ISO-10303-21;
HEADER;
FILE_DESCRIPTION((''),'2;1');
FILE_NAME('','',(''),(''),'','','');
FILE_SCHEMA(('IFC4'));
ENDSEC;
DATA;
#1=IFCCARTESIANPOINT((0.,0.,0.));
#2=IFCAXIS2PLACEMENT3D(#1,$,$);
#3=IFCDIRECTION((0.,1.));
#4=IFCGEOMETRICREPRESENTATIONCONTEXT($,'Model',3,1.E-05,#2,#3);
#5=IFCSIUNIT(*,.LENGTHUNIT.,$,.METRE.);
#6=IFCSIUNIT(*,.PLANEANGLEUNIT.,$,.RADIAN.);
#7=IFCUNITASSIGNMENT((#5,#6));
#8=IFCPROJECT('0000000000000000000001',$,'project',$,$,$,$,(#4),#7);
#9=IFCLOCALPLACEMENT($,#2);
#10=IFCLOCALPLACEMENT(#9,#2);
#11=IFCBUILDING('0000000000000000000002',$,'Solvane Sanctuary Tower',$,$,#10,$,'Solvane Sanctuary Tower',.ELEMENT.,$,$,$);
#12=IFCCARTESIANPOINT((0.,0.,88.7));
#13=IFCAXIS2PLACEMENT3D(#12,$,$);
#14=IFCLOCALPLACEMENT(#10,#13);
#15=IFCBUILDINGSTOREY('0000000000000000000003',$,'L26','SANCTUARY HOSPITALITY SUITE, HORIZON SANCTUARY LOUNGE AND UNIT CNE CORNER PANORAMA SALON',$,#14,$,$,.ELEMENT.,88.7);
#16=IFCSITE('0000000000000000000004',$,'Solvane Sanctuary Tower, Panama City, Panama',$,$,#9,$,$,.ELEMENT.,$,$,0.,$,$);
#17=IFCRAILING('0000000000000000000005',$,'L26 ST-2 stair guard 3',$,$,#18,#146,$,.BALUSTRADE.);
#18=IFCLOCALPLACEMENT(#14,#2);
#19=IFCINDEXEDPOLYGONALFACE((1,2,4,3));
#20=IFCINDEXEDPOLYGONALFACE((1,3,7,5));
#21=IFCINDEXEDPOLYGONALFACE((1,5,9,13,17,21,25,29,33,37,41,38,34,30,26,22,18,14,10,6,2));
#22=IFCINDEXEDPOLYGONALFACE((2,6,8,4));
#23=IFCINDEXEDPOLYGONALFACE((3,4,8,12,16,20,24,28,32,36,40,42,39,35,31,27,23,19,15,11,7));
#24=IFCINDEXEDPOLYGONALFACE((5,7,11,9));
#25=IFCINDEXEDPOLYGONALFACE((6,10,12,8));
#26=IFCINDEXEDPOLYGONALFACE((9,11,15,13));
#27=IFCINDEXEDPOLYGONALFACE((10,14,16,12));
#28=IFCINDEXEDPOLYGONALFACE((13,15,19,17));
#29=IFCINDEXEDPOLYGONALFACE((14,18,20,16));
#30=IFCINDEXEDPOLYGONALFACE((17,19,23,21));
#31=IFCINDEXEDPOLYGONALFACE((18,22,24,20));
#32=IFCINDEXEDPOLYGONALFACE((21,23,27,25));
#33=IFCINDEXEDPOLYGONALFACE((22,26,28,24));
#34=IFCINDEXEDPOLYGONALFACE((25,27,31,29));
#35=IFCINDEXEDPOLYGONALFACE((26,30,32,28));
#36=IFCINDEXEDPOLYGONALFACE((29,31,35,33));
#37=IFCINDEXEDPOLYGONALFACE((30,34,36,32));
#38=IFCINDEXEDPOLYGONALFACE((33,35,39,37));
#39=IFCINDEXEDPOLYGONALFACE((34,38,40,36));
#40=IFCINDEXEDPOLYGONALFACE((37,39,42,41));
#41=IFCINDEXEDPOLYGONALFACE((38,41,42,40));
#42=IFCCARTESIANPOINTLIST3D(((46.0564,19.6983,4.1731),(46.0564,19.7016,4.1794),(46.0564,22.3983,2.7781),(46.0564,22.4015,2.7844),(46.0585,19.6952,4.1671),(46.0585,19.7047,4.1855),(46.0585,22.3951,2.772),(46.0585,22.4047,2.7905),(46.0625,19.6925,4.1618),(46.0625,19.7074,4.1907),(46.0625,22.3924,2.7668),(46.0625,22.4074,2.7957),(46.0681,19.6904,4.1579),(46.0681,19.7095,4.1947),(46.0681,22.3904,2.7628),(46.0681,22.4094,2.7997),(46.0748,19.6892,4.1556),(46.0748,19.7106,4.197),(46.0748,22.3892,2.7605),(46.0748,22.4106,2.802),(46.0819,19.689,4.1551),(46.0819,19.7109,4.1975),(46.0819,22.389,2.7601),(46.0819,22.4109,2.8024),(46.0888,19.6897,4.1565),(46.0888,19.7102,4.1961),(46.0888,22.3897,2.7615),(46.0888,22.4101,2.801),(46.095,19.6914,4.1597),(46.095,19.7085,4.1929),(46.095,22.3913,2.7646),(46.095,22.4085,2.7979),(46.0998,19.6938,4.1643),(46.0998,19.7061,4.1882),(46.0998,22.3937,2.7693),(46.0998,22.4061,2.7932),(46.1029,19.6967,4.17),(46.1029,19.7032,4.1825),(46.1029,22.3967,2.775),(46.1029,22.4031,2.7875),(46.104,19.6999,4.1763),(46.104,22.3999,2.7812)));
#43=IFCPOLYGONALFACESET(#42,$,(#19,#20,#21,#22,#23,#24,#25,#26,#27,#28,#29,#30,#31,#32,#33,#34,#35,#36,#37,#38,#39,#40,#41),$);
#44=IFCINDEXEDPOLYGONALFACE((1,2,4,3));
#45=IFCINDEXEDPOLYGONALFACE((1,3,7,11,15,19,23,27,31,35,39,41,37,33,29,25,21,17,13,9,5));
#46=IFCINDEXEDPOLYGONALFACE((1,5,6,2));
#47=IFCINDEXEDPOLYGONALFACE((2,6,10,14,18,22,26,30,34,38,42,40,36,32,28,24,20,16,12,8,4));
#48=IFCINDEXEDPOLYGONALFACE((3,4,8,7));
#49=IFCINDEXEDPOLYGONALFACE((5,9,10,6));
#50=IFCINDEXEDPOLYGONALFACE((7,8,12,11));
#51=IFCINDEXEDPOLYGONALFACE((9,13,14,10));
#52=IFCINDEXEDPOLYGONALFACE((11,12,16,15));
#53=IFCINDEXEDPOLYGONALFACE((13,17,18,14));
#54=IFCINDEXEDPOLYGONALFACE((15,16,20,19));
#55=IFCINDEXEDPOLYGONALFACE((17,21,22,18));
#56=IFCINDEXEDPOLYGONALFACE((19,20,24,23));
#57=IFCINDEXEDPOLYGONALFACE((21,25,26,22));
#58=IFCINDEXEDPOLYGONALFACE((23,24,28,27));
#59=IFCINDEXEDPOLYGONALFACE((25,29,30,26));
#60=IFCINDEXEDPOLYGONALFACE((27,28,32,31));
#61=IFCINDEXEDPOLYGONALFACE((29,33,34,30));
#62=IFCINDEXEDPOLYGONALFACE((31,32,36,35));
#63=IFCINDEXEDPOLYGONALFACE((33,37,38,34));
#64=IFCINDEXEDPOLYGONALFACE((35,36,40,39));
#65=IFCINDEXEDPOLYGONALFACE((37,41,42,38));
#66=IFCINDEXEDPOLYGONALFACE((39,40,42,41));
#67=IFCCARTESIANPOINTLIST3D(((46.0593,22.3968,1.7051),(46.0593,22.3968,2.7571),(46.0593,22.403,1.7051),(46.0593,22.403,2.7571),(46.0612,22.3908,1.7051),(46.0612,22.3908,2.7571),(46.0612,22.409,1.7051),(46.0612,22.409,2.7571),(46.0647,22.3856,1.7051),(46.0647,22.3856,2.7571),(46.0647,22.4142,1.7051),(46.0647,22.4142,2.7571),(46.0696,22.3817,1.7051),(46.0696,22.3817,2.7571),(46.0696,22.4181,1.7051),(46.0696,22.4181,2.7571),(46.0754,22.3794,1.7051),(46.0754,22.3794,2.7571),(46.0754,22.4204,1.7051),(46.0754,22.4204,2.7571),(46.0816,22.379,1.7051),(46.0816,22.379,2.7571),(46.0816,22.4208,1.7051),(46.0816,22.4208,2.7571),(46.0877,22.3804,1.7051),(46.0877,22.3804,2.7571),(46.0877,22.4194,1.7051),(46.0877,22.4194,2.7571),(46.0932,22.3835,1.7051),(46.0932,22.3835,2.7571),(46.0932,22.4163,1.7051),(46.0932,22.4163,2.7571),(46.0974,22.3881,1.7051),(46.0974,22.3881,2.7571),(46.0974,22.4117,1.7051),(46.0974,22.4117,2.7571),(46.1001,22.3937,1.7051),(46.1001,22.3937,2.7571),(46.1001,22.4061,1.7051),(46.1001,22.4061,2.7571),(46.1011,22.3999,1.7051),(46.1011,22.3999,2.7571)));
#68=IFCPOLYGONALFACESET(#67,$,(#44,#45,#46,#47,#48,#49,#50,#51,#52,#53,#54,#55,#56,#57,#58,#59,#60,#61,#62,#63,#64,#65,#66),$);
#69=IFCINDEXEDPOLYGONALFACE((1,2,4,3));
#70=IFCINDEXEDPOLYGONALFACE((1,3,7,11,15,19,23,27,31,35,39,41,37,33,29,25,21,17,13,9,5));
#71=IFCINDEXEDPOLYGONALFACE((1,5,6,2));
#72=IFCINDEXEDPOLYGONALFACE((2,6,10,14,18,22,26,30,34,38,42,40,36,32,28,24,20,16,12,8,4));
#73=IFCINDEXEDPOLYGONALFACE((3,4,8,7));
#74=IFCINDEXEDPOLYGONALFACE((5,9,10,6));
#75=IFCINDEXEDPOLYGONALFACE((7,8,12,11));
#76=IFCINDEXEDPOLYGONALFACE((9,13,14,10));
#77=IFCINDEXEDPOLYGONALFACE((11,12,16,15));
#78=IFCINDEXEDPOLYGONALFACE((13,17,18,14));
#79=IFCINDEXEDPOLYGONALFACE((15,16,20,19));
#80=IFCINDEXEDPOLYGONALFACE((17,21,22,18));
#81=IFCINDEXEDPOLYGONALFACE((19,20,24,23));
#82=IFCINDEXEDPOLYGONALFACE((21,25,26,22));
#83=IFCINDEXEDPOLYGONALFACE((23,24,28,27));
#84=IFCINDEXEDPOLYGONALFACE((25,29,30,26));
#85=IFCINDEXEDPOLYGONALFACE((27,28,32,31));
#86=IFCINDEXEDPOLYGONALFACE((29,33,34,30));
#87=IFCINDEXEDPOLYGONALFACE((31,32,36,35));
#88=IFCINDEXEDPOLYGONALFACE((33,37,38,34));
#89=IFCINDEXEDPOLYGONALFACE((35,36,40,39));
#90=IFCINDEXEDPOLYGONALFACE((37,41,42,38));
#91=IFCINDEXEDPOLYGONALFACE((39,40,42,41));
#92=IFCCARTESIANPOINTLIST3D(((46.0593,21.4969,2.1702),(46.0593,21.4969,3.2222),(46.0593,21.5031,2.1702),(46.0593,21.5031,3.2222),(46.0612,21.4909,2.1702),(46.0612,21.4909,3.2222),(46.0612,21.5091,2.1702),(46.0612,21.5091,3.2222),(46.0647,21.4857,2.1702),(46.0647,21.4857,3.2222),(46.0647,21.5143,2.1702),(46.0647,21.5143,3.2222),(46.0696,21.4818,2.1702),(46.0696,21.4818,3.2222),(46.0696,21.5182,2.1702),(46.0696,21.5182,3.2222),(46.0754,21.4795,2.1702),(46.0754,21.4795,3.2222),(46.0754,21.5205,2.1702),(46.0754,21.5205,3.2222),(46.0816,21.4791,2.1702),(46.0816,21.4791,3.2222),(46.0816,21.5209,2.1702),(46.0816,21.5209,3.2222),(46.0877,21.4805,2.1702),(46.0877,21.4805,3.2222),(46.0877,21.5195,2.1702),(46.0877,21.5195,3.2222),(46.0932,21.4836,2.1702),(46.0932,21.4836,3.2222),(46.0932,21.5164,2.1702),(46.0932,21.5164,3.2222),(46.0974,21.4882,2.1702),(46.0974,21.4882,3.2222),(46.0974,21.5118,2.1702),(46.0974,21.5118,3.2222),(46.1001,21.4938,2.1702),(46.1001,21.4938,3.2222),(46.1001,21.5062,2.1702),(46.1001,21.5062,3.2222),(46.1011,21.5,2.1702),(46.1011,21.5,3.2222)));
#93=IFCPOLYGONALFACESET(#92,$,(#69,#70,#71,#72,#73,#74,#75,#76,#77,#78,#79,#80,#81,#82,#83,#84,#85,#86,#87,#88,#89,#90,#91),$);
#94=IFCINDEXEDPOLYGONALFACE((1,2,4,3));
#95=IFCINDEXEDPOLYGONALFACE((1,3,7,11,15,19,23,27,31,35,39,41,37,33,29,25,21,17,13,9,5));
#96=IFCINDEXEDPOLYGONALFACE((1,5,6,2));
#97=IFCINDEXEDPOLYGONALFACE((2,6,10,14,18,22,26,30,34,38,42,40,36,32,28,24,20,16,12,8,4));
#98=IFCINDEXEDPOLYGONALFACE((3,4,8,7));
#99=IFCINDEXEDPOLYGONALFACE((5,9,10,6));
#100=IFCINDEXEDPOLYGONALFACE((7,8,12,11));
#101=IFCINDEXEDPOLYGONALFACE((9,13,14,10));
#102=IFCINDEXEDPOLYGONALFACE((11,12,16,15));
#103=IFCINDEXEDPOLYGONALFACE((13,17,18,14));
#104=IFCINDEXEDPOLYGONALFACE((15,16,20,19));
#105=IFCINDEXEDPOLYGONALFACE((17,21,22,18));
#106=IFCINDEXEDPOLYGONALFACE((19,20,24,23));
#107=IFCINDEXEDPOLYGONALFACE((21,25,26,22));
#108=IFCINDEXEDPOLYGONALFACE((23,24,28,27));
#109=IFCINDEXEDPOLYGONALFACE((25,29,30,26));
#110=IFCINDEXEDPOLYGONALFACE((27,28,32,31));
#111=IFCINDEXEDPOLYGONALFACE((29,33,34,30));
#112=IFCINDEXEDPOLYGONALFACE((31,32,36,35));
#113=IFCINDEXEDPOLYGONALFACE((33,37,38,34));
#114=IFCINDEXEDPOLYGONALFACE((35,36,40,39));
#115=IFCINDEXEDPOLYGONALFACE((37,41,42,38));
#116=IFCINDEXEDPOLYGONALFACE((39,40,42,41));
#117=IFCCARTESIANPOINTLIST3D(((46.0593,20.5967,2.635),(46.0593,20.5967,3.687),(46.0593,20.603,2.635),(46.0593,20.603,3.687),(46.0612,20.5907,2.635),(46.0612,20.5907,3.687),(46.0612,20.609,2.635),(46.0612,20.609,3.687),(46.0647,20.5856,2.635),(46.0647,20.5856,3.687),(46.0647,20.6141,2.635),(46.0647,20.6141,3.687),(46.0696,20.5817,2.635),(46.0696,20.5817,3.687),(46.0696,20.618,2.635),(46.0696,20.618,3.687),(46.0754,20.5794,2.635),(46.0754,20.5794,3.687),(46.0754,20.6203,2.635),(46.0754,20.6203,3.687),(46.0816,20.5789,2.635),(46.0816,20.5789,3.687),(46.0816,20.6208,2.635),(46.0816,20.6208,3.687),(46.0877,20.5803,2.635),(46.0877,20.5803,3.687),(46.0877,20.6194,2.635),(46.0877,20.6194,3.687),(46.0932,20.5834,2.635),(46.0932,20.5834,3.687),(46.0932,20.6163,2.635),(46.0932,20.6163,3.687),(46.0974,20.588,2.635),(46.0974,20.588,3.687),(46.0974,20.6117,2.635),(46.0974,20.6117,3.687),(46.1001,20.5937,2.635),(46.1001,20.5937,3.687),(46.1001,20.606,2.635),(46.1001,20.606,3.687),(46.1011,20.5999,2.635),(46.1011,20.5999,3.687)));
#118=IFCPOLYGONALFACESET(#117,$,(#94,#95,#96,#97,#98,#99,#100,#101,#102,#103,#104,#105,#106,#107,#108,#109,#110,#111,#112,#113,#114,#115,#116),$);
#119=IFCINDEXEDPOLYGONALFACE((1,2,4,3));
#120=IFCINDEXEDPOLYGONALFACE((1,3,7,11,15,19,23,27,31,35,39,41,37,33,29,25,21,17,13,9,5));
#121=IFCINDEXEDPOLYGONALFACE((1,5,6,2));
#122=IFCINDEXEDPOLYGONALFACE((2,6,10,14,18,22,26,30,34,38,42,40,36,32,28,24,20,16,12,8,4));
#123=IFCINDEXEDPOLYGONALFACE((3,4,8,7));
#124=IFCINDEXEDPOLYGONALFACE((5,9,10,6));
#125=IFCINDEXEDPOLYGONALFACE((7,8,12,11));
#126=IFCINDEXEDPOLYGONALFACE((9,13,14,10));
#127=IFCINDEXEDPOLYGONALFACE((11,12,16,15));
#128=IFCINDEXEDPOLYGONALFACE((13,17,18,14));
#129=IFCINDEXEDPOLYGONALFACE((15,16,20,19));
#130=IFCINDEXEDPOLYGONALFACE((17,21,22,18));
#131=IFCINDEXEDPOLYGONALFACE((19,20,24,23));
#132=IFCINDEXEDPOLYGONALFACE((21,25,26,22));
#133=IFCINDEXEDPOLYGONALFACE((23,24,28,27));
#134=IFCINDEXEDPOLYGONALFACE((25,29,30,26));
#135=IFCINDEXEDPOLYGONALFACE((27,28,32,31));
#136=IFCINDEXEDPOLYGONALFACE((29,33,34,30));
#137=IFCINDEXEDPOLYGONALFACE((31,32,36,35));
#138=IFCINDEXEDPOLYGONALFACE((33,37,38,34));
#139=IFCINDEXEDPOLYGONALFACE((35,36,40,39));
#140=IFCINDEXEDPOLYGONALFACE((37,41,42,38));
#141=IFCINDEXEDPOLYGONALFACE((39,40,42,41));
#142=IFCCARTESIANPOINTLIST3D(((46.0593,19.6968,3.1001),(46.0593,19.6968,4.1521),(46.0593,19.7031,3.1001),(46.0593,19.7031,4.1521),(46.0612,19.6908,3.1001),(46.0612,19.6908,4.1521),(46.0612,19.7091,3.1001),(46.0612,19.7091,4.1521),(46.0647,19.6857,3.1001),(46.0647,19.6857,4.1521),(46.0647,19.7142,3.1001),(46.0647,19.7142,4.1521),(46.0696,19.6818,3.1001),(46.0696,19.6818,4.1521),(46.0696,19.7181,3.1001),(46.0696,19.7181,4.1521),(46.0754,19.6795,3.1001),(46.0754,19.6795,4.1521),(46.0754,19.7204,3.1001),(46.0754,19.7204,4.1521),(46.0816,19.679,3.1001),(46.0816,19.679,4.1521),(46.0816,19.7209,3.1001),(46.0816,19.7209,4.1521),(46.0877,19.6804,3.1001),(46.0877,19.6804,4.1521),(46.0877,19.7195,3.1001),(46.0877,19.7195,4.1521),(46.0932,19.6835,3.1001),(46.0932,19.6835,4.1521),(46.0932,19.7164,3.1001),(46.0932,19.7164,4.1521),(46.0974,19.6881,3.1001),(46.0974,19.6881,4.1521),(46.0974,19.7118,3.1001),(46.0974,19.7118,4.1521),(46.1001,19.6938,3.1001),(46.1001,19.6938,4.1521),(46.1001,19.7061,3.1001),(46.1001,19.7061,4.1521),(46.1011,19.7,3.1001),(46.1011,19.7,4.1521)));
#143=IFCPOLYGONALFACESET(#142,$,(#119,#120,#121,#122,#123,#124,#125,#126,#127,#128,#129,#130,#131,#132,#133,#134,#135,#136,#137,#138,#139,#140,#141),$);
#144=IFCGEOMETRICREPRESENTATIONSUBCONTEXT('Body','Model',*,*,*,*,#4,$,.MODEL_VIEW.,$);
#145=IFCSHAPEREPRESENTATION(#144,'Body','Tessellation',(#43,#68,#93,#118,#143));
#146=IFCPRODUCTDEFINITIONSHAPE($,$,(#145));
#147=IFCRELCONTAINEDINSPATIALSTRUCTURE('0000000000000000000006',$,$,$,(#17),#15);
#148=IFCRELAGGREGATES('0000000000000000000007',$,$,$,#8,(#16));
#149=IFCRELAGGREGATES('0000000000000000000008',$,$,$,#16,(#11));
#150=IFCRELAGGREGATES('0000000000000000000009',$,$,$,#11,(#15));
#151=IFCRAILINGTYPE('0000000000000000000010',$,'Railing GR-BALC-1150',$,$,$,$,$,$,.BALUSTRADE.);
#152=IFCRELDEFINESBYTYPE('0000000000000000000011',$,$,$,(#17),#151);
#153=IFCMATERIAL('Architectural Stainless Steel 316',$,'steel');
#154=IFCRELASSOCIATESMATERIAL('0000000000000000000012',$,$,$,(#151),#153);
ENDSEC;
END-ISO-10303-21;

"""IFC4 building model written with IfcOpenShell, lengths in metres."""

from ifc_helpers import new_model, si_unit, direction, frame, origin, origin_2d, place, context, subcontext, project, spatial, circle, extrude, material, type_object, element, save


model = new_model("IFC4")

# Units and contexts
model_context = context("Model", 3, precision=1e-05, world=origin(), true_north=direction((0.0, 1.0)))
body_context = subcontext(model_context, "Body", "Model", "MODEL_VIEW")
ifc_project = project(units=[si_unit("LENGTHUNIT", "METRE"), si_unit("PLANEANGLEUNIT", "RADIAN")], contexts=[model_context])

# Site, building, storey
site_placement = place(None, origin())
site = spatial("IfcSite", under=ifc_project, at=site_placement, Name="Solvane Sanctuary Tower, Panama City, Panama", CompositionType="ELEMENT", RefElevation=0.0)
building_placement = place(site_placement, origin())
building = spatial("IfcBuilding", under=site, at=building_placement, Name="Solvane Sanctuary Tower", LongName="Solvane Sanctuary Tower", CompositionType="ELEMENT")
storey_placement = place(building_placement, frame((0.0, 0.0, 88.7)))
storey = spatial("IfcBuildingStorey", under=building, at=storey_placement, Name="L26", Description="SANCTUARY HOSPITALITY SUITE, HORIZON SANCTUARY LOUNGE AND UNIT CNE CORNER PANORAMA SALON", CompositionType="ELEMENT", Elevation=88.7)

# Shared definitions
ifc_material_1 = material(Name="Architectural Stainless Steel 316", Category="steel")

# Railing
railing_type_1 = type_object("IfcRailingType", Name="Railing GR-BALC-1150", PredefinedType="BALUSTRADE", material=ifc_material_1)
railing_1_placement = place(storey_placement, frame((46.0801, 22.3999, 1.7051)))
element("IfcRailing", 1, at=railing_1_placement, inside=storey, type_object=railing_type_1, Name="L26 ST-2 stair guard 3", PredefinedType="BALUSTRADE", context=body_context, shape_type="SweptSolid", body=[
    extrude(circle(Radius=0.0239, at=origin_2d()), frame((0.0, 0.0, 1.0762), z_axis=(0.0, -0.88842, 0.459032), x_axis=(1.0, 0.0, 0.0)), (0.0, 0.0, 1.0), 3.0391),
    extrude(circle(Radius=0.021, at=origin_2d()), origin(), (0.0, 0.0, 1.0), 1.052),
    extrude(circle(Radius=0.021, at=origin_2d()), frame((0.0, -0.8999, 0.4651)), (0.0, 0.0, 1.0), 1.052),
    extrude(circle(Radius=0.021, at=origin_2d()), frame((0.0, -1.8, 0.9299)), (0.0, 0.0, 1.0), 1.052),
    extrude(circle(Radius=0.021, at=origin_2d()), frame((0.0, -2.7, 1.395)), (0.0, 0.0, 1.0), 1.052),
])

save(model, "model.ifc")
